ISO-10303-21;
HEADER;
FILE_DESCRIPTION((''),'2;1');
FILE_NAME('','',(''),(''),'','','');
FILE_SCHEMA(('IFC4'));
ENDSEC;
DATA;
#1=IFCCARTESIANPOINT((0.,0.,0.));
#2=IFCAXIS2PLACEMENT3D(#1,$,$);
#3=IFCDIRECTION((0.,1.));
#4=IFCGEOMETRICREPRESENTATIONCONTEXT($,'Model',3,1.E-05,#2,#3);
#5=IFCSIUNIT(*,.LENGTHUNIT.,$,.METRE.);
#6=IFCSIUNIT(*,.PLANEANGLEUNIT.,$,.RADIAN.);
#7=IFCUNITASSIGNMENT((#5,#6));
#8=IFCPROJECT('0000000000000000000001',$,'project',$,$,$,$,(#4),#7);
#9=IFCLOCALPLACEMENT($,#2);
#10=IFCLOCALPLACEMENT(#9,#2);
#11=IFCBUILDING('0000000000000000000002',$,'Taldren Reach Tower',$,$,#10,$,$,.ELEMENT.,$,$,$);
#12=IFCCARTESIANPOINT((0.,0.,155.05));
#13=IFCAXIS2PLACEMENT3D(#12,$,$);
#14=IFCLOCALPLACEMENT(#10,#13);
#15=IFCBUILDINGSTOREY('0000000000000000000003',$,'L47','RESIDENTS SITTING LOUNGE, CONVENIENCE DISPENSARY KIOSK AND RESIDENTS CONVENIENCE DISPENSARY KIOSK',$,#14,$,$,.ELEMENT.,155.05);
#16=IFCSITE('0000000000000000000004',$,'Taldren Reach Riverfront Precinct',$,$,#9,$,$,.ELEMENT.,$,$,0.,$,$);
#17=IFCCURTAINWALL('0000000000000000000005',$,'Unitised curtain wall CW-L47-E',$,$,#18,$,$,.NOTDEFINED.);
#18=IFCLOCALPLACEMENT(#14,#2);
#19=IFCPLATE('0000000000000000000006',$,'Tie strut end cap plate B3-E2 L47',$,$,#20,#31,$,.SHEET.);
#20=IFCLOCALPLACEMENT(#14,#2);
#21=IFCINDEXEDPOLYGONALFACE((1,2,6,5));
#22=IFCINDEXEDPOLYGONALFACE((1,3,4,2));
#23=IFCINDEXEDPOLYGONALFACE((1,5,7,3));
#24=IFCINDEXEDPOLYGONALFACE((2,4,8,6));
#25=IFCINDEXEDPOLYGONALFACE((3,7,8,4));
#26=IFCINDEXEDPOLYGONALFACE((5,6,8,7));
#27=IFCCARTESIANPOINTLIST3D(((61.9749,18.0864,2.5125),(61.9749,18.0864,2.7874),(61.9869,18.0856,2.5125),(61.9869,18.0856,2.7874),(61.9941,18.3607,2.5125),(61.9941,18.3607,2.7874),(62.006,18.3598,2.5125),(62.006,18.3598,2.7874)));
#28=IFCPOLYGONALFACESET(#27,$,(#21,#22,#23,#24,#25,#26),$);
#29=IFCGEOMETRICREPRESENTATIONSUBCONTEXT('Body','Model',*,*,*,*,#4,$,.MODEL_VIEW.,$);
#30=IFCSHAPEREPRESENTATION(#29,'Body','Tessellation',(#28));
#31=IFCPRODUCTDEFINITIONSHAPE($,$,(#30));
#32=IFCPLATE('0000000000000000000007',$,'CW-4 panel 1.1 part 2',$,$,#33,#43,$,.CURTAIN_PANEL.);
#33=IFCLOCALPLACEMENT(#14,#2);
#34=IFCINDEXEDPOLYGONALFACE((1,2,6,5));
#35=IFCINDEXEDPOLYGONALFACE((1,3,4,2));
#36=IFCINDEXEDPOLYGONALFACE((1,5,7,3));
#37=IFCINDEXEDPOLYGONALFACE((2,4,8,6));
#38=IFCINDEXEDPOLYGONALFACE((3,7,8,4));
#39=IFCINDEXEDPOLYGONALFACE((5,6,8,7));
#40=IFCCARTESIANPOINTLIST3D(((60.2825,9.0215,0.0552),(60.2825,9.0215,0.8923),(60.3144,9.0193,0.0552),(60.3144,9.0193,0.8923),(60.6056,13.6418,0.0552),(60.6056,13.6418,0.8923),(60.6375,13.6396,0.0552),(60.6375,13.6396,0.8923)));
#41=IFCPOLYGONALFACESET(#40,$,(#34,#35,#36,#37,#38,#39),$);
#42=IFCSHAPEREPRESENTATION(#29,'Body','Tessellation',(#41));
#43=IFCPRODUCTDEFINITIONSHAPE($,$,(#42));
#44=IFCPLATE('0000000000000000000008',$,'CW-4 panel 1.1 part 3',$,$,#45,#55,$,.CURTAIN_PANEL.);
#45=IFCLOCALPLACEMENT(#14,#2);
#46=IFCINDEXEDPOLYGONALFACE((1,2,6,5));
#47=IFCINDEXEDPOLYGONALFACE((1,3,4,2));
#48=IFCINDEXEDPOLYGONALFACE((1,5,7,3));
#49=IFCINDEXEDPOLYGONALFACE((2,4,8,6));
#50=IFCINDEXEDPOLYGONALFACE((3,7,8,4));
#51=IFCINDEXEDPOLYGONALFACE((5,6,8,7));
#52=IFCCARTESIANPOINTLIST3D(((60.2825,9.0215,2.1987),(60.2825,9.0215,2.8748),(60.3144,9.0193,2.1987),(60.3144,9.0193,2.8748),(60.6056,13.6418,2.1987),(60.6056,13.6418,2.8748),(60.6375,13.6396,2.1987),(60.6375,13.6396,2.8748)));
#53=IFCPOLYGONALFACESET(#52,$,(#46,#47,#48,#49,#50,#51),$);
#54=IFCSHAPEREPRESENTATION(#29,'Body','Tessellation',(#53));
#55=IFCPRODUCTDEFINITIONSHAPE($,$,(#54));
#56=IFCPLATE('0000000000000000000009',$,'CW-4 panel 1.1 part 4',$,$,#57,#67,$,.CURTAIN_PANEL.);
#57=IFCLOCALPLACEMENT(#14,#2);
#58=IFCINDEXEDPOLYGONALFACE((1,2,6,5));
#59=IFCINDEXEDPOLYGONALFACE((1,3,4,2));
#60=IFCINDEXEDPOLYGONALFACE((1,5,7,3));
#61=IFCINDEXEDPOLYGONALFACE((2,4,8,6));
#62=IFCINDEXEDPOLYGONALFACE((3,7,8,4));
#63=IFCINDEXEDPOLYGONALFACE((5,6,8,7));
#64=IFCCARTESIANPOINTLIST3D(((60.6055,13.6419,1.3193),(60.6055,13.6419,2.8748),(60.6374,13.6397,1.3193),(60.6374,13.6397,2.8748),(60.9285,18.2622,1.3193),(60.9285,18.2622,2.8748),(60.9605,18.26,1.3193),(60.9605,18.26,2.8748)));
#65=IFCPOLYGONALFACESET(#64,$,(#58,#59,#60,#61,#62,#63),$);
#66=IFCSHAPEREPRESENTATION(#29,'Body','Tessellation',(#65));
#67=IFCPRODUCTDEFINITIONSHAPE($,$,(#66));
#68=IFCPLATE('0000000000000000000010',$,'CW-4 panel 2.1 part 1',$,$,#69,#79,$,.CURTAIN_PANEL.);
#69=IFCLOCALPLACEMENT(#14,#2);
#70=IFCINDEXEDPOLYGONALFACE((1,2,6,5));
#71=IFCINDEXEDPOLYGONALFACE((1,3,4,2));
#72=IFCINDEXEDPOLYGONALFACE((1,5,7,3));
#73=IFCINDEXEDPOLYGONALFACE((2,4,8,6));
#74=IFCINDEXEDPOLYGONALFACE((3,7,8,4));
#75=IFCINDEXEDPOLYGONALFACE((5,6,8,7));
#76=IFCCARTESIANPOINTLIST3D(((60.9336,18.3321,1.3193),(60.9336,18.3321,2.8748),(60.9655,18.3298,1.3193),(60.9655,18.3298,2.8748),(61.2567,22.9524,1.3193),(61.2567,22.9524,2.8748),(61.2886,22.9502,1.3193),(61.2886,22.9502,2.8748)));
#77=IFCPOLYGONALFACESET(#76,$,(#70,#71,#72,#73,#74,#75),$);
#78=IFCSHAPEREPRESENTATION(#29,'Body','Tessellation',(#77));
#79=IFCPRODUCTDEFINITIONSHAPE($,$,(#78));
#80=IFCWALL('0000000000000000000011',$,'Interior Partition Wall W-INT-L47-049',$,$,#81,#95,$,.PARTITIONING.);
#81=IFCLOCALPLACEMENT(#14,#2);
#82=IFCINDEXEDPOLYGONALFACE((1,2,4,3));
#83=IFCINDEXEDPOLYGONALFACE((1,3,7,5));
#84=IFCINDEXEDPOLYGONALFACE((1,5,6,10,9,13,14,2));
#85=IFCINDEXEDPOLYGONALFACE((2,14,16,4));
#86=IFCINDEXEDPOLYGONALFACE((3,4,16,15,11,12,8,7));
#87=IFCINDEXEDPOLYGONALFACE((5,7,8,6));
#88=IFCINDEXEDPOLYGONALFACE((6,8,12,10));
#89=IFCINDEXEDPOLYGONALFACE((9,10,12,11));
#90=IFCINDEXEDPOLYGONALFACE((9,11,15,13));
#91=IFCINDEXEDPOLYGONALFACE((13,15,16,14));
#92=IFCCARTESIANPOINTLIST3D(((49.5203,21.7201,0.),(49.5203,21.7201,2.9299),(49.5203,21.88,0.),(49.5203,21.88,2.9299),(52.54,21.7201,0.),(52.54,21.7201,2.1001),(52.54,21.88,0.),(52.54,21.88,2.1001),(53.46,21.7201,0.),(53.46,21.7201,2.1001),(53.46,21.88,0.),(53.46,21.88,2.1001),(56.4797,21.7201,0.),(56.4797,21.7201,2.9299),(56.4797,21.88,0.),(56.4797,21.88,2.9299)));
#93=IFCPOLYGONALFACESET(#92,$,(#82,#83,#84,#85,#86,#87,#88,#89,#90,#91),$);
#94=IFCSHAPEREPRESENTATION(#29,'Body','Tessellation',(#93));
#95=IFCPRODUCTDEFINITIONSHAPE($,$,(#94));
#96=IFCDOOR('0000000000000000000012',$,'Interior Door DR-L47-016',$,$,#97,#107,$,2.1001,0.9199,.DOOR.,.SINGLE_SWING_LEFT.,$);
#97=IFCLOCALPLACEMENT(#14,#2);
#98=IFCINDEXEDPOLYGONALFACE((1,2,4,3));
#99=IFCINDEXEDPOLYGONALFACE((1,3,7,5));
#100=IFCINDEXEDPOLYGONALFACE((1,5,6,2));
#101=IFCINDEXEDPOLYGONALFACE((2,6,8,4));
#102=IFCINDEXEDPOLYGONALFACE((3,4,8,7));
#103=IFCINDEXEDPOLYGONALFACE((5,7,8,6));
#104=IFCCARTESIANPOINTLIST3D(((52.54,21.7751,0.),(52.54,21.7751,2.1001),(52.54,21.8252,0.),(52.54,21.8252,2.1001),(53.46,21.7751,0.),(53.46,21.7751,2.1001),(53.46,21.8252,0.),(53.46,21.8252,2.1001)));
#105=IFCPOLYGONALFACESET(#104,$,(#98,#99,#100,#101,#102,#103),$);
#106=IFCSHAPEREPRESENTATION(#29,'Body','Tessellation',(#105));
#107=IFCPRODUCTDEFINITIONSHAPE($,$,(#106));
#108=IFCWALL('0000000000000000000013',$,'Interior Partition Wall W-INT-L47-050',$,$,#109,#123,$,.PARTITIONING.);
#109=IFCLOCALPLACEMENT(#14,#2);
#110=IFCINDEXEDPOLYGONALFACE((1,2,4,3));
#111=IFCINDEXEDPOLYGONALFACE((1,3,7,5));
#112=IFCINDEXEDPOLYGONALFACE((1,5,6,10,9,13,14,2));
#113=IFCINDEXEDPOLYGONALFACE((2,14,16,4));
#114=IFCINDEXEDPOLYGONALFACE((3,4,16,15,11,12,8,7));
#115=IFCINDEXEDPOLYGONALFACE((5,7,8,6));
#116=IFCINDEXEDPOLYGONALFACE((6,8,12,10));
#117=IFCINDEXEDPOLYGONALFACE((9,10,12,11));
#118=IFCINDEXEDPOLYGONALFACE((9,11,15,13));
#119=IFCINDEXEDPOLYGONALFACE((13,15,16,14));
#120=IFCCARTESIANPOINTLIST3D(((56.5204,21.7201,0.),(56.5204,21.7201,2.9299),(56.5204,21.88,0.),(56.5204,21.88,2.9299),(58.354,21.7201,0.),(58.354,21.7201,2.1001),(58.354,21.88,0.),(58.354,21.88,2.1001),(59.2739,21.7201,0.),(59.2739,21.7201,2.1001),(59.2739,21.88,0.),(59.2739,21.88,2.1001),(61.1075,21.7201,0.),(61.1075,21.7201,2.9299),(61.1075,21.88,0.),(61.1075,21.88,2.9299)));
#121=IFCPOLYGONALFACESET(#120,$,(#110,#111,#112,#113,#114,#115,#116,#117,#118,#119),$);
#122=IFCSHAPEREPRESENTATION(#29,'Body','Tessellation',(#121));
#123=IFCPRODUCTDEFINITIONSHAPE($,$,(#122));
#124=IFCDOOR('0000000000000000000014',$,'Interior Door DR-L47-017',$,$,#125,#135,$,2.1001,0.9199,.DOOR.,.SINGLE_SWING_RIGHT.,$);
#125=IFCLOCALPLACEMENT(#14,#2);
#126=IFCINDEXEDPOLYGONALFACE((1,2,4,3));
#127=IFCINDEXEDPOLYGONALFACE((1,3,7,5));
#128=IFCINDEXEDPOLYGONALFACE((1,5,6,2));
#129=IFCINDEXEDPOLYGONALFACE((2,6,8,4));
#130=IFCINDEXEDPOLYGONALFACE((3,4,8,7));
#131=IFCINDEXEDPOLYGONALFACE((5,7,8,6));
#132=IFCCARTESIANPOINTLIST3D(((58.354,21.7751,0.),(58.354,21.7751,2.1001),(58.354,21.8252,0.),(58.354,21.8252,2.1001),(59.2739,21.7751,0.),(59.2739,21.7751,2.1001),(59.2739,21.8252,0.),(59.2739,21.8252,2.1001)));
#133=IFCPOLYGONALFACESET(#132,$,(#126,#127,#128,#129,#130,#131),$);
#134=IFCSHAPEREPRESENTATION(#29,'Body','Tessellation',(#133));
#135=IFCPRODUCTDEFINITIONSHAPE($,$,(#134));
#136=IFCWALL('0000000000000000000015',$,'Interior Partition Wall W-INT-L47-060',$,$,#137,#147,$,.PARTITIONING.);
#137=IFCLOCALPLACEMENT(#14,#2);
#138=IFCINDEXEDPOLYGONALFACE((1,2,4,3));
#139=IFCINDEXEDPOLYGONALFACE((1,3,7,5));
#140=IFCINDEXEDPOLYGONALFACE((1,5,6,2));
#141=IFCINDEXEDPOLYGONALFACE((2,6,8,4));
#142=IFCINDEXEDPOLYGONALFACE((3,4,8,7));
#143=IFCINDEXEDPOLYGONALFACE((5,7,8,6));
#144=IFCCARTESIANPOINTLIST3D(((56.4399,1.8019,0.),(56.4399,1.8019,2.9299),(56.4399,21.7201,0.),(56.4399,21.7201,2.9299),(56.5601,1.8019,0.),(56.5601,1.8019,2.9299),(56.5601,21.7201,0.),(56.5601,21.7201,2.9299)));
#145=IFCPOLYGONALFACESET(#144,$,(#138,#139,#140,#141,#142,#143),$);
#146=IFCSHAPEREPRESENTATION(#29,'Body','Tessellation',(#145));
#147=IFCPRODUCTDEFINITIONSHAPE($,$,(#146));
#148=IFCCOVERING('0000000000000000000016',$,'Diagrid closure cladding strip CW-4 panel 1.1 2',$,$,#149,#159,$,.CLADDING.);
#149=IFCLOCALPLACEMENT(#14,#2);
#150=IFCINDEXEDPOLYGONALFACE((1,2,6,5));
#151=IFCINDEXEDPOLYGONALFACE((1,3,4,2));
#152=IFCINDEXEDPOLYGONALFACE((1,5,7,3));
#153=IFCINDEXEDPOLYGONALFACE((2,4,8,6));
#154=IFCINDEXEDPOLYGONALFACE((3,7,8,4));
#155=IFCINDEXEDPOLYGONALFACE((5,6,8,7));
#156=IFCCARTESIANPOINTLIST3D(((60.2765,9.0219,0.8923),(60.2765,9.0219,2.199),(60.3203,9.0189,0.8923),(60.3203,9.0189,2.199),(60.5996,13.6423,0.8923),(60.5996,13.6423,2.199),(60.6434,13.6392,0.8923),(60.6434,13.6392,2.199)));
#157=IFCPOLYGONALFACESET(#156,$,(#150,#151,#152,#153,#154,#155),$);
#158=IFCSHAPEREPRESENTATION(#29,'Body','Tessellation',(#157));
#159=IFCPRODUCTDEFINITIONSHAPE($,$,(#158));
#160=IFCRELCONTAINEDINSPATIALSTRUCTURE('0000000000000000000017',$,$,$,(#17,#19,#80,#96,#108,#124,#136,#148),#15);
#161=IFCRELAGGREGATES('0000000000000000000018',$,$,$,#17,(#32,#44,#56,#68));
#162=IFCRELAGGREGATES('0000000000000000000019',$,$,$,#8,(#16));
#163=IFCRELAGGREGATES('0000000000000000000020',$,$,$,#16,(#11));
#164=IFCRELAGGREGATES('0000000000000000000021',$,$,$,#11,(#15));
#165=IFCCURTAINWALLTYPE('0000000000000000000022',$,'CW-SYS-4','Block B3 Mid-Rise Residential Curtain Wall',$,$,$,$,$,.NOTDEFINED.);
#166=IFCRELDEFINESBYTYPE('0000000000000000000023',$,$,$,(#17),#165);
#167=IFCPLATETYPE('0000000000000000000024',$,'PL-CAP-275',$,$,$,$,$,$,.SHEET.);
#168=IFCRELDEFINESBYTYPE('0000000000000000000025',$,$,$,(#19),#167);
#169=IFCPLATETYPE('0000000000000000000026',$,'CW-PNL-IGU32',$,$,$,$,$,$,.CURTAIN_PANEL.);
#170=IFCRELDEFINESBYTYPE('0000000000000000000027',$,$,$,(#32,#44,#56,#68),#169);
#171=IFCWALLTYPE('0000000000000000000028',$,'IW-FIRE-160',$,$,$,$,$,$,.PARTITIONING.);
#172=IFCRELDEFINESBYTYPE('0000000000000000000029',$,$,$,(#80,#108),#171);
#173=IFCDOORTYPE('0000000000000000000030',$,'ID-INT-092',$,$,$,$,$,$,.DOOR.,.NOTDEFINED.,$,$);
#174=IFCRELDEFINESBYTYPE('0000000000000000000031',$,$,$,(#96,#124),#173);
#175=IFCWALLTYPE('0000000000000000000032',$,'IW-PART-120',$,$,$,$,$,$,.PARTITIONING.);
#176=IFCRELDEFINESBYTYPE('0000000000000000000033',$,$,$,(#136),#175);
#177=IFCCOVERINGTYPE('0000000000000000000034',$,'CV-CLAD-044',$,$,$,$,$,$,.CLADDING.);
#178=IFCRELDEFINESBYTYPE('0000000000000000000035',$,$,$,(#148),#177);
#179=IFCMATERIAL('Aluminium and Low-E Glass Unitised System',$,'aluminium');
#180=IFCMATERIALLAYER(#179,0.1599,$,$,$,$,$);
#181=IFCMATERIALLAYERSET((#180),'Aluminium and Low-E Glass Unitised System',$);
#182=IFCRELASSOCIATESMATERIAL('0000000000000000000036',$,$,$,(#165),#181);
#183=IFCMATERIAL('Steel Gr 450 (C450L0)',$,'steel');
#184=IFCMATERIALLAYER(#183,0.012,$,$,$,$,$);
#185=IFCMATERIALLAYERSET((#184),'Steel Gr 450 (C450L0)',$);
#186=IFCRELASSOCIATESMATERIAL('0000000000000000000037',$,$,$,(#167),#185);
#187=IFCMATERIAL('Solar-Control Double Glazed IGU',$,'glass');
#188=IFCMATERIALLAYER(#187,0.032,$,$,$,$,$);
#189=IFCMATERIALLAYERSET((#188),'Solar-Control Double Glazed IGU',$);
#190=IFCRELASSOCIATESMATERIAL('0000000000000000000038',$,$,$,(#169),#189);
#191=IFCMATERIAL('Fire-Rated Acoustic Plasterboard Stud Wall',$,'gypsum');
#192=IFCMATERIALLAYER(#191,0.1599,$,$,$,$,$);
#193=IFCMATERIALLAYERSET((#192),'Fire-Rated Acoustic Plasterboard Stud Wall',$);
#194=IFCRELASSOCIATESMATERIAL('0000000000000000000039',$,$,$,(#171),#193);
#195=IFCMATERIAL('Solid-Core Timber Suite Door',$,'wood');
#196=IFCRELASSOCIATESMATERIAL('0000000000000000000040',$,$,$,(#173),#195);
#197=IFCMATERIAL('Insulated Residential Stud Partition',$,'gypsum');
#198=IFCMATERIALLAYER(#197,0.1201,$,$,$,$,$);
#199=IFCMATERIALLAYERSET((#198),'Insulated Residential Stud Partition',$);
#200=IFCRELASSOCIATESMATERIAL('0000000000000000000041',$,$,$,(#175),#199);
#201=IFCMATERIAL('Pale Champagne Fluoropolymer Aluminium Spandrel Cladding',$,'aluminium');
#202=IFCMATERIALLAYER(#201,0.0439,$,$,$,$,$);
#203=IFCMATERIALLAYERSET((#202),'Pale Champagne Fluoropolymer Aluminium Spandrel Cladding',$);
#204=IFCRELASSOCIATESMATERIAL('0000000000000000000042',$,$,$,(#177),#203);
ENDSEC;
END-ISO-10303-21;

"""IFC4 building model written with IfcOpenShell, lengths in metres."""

from ifc_helpers import new_model, si_unit, direction, frame, frame_2d, origin, origin_2d, place, context, subcontext, project, spatial, rectangle, extrude, source, transform, mapped, material, layer, layer_set, type_object, element, fill, aggregate, save


model = new_model("IFC4")

# Units and contexts
model_context = context("Model", 3, precision=1e-05, world=origin(), true_north=direction((0.0, 1.0)))
body_context = subcontext(model_context, "Body", "Model", "MODEL_VIEW")
ifc_project = project(units=[si_unit("LENGTHUNIT", "METRE"), si_unit("PLANEANGLEUNIT", "RADIAN")], contexts=[model_context])

# Site, building, storey
site_placement = place(None, origin())
site = spatial("IfcSite", under=ifc_project, at=site_placement, Name="Taldren Reach Riverfront Precinct", CompositionType="ELEMENT", RefElevation=0.0)
building_placement = place(site_placement, origin())
building = spatial("IfcBuilding", under=site, at=building_placement, Name="Taldren Reach Tower", CompositionType="ELEMENT")
storey_placement = place(building_placement, frame((0.0, 0.0, 155.05)))
storey = spatial("IfcBuildingStorey", under=building, at=storey_placement, Name="L47", Description="RESIDENTS SITTING LOUNGE, CONVENIENCE DISPENSARY KIOSK AND RESIDENTS CONVENIENCE DISPENSARY KIOSK", CompositionType="ELEMENT", Elevation=155.05)

# Shared definitions
ifc_material_1 = material(Name="Steel Gr 450 (C450L0)", Category="steel")

# Curtain wall
ifc_material_2 = material(Name="Aluminium and Low-E Glass Unitised System", Category="aluminium")
ifc_layer_1 = layer(ifc_material_2, 0.1599)
ifc_layer_set_1 = layer_set([ifc_layer_1], Name="Aluminium and Low-E Glass Unitised System")
curtain_wall_type = type_object("IfcCurtainWallType", Name="CW-SYS-4", Description="Block B3 Mid-Rise Residential Curtain Wall", PredefinedType="NOTDEFINED", material=ifc_layer_set_1)
curtain_wall_placement = place(storey_placement, origin())
curtain_wall = element("IfcCurtainWall", 1, at=curtain_wall_placement, inside=storey, type_object=curtain_wall_type, Name="Unitised curtain wall CW-L47-E", PredefinedType="NOTDEFINED")

# Plates
ifc_layer_2 = layer(ifc_material_1, 0.012)
ifc_layer_set_2 = layer_set([ifc_layer_2], Name="Steel Gr 450 (C450L0)")
plate_type_1 = type_object("IfcPlateType", Name="PL-CAP-275", PredefinedType="SHEET", material=ifc_layer_set_2)
shared_shape_1 = source(origin(), body_context, "Body", "SweptSolid", [
    extrude(rectangle(XDim=0.012, YDim=0.2749, at=origin_2d()), origin(), (0.0, 0.0, 1.0), 0.2749),
])
plate_1_placement = place(storey_placement, frame((61.9905, 18.2231, 2.5125), z_axis=(0.0, 0.0, 1.0), x_axis=(0.997564, -0.069756, 0.0)))
element("IfcPlate", 2, at=plate_1_placement, inside=storey, type_object=plate_type_1, Name="Tie strut end cap plate B3-E2 L47", PredefinedType="SHEET", context=body_context, shape_type="MappedRepresentation", body=[
    mapped(shared_shape_1, transform((0.0, 0.0, 0.0), scale=1.0)),
])
ifc_material_3 = material(Name="Solar-Control Double Glazed IGU", Category="glass")
ifc_layer_3 = layer(ifc_material_3, 0.032)
ifc_layer_set_3 = layer_set([ifc_layer_3], Name="Solar-Control Double Glazed IGU")
plate_type_2 = type_object("IfcPlateType", Name="CW-PNL-IGU32", PredefinedType="CURTAIN_PANEL", material=ifc_layer_set_3)
shared_shape_2 = source(origin(), body_context, "Body", "SweptSolid", [
    extrude(rectangle(XDim=4.6316, YDim=0.032, at=origin_2d()), origin(), (0.0, 0.0, 1.0), 0.8372),
])
plate_2_placement = place(storey_placement, frame((60.46, 11.3306, 0.0552), z_axis=(0.0, 0.0, 1.0), x_axis=(0.069756, 0.997564, 0.0)))
plate_2 = element("IfcPlate", 3, at=plate_2_placement, type_object=plate_type_2, Name="CW-4 panel 1.1 part 2", PredefinedType="CURTAIN_PANEL", context=body_context, shape_type="MappedRepresentation", body=[
    mapped(shared_shape_2, transform((0.0, 0.0, 0.0), scale=1.0)),
])
shared_shape_3 = source(origin(), body_context, "Body", "SweptSolid", [
    extrude(rectangle(XDim=4.6316, YDim=0.032, at=origin_2d()), origin(), (0.0, 0.0, 1.0), 0.676),
])
plate_3_placement = place(storey_placement, frame((60.46, 11.3306, 2.1987), z_axis=(0.0, 0.0, 1.0), x_axis=(0.069756, 0.997564, 0.0)))
plate_3 = element("IfcPlate", 4, at=plate_3_placement, type_object=plate_type_2, Name="CW-4 panel 1.1 part 3", PredefinedType="CURTAIN_PANEL", context=body_context, shape_type="MappedRepresentation", body=[
    mapped(shared_shape_3, transform((0.0, 0.0, 0.0), scale=1.0)),
])
shared_shape_4 = source(origin(), body_context, "Body", "SweptSolid", [
    extrude(rectangle(XDim=4.6316, YDim=0.032, at=origin_2d()), origin(), (0.0, 0.0, 1.0), 1.5554),
])
plate_4_placement = place(storey_placement, frame((60.783, 15.9509, 1.3193), z_axis=(0.0, 0.0, 1.0), x_axis=(0.069756, 0.997564, 0.0)))
plate_4 = element("IfcPlate", 5, at=plate_4_placement, type_object=plate_type_2, Name="CW-4 panel 1.1 part 4", PredefinedType="CURTAIN_PANEL", context=body_context, shape_type="MappedRepresentation", body=[
    mapped(shared_shape_4, transform((0.0, 0.0, 0.0), scale=1.0)),
])
plate_5_placement = place(storey_placement, frame((61.1111, 20.6411, 1.3193), z_axis=(0.0, 0.0, 1.0), x_axis=(0.069756, 0.997564, 0.0)))
plate_5 = element("IfcPlate", 6, at=plate_5_placement, type_object=plate_type_2, Name="CW-4 panel 2.1 part 1", PredefinedType="CURTAIN_PANEL", context=body_context, shape_type="MappedRepresentation", body=[
    mapped(shared_shape_4, transform((0.0, 0.0, 0.0), scale=1.0)),
])
aggregate(curtain_wall, [plate_2, plate_3, plate_4, plate_5])

# Walls, openings, doors
ifc_material_4 = material(Name="Fire-Rated Acoustic Plasterboard Stud Wall", Category="gypsum")
ifc_layer_4 = layer(ifc_material_4, 0.1599)
ifc_layer_set_4 = layer_set([ifc_layer_4], Name="Fire-Rated Acoustic Plasterboard Stud Wall")
wall_type_1 = type_object("IfcWallType", Name="IW-FIRE-160", PredefinedType="PARTITIONING", material=ifc_layer_set_4)
shared_shape_5 = source(origin(), body_context, "Body", "SweptSolid", [
    extrude(rectangle(XDim=6.9595, YDim=0.1599, at=frame_2d((3.4797, 0.0))), origin(), (0.0, 0.0, 1.0), 2.9299),
])
wall_1_placement = place(storey_placement, frame((56.4797, 21.8, 0.0), z_axis=(0.0, 0.0, 1.0), x_axis=(-1.0, 0.0, 0.0)))
wall_1 = element("IfcWall", 7, at=wall_1_placement, inside=storey, type_object=wall_type_1, Name="Interior Partition Wall W-INT-L47-049", PredefinedType="PARTITIONING", context=body_context, shape_type="MappedRepresentation", body=[
    mapped(shared_shape_5, transform((0.0, 0.0, 0.0), scale=1.0)),
])
shared_shape_6 = source(origin(), body_context, "Body", "SweptSolid", [
    extrude(rectangle(XDim=0.9199, YDim=2.1001, at=frame_2d((0.46, 1.05))), frame((0.0, 0.0898, 0.0), z_axis=(0.0, -1.0, 0.0), x_axis=(1.0, 0.0, 0.0)), (0.0, 0.0, 1.0), 0.1799),
])
opening_1_placement = place(wall_1_placement, frame((3.0198, 0.0, 0.0)))
opening_1 = element("IfcOpeningElement", 8, at=opening_1_placement, cuts=wall_1, PredefinedType="OPENING", context=body_context, shape_type="MappedRepresentation", body=[
    mapped(shared_shape_6, transform((0.0, 0.0, 0.0), scale=1.0)),
])
ifc_material_5 = material(Name="Solid-Core Timber Suite Door", Category="wood")
door_type = type_object("IfcDoorType", Name="ID-INT-092", OperationType="NOTDEFINED", PredefinedType="DOOR", material=ifc_material_5)
shared_shape_7 = source(origin(), body_context, "Body", "SweptSolid", [
    extrude(rectangle(XDim=0.9199, YDim=2.1001, at=frame_2d((0.46, 1.05))), frame((0.0, 0.0249, 0.0), z_axis=(0.0, -1.0, 0.0), x_axis=(1.0, 0.0, 0.0)), (0.0, 0.0, 1.0), 0.05),
])
door_1_placement = place(opening_1_placement, origin())
door_1 = element("IfcDoor", 9, at=door_1_placement, inside=storey, type_object=door_type, Name="Interior Door DR-L47-016", OperationType="SINGLE_SWING_LEFT", OverallHeight=2.1001, OverallWidth=0.9199, PredefinedType="DOOR", context=body_context, shape_type="MappedRepresentation", body=[
    mapped(shared_shape_7, transform((0.0, 0.0, 0.0), scale=1.0)),
])
fill(opening_1, door_1)
shared_shape_8 = source(origin(), body_context, "Body", "SweptSolid", [
    extrude(rectangle(XDim=4.5872, YDim=0.1599, at=frame_2d((2.2935, 0.0))), origin(), (0.0, 0.0, 1.0), 2.9299),
])
wall_2_placement = place(storey_placement, frame((61.1074, 21.8, 0.0), z_axis=(0.0, 0.0, 1.0), x_axis=(-1.0, 0.0, 0.0)))
wall_2 = element("IfcWall", 10, at=wall_2_placement, inside=storey, type_object=wall_type_1, Name="Interior Partition Wall W-INT-L47-050", PredefinedType="PARTITIONING", context=body_context, shape_type="MappedRepresentation", body=[
    mapped(shared_shape_8, transform((0.0, 0.0, 0.0), scale=1.0)),
])
opening_2_placement = place(wall_2_placement, frame((1.8335, 0.0, 0.0)))
opening_2 = element("IfcOpeningElement", 11, at=opening_2_placement, cuts=wall_2, PredefinedType="OPENING", context=body_context, shape_type="MappedRepresentation", body=[
    mapped(shared_shape_6, transform((0.0, 0.0, 0.0), scale=1.0)),
])
door_2_placement = place(opening_2_placement, origin())
door_2 = element("IfcDoor", 12, at=door_2_placement, inside=storey, type_object=door_type, Name="Interior Door DR-L47-017", OperationType="SINGLE_SWING_RIGHT", OverallHeight=2.1001, OverallWidth=0.9199, PredefinedType="DOOR", context=body_context, shape_type="MappedRepresentation", body=[
    mapped(shared_shape_7, transform((0.0, 0.0, 0.0), scale=1.0)),
])
fill(opening_2, door_2)

# Wall
ifc_material_6 = material(Name="Insulated Residential Stud Partition", Category="gypsum")
ifc_layer_5 = layer(ifc_material_6, 0.1201)
ifc_layer_set_5 = layer_set([ifc_layer_5], Name="Insulated Residential Stud Partition")
wall_type_2 = type_object("IfcWallType", Name="IW-PART-120", PredefinedType="PARTITIONING", material=ifc_layer_set_5)
shared_shape_9 = source(origin(), body_context, "Body", "SweptSolid", [
    extrude(rectangle(XDim=19.9182, YDim=0.1201, at=frame_2d((9.959, 0.0))), origin(), (0.0, 0.0, 1.0), 2.9299),
])
wall_3_placement = place(storey_placement, frame((56.5, 21.72, 0.0), z_axis=(0.0, 0.0, 1.0), x_axis=(0.0, -1.0, 0.0)))
element("IfcWall", 13, at=wall_3_placement, inside=storey, type_object=wall_type_2, Name="Interior Partition Wall W-INT-L47-060", PredefinedType="PARTITIONING", context=body_context, shape_type="MappedRepresentation", body=[
    mapped(shared_shape_9, transform((0.0, 0.0, 0.0), scale=1.0)),
])

# Covering
ifc_material_7 = material(Name="Pale Champagne Fluoropolymer Aluminium Spandrel Cladding", Category="aluminium")
ifc_layer_6 = layer(ifc_material_7, 0.0439)
ifc_layer_set_6 = layer_set([ifc_layer_6], Name="Pale Champagne Fluoropolymer Aluminium Spandrel Cladding")
covering_type = type_object("IfcCoveringType", Name="CV-CLAD-044", PredefinedType="CLADDING", material=ifc_layer_set_6)
shared_shape_10 = source(origin(), body_context, "Body", "SweptSolid", [
    extrude(rectangle(XDim=4.6316, YDim=0.0439, at=origin_2d()), origin(), (0.0, 0.0, 1.0), 1.3066),
])
covering_placement = place(storey_placement, frame((60.46, 11.3306, 0.8923), z_axis=(0.0, 0.0, 1.0), x_axis=(0.069756, 0.997564, 0.0)))
element("IfcCovering", 14, at=covering_placement, inside=storey, type_object=covering_type, Name="Diagrid closure cladding strip CW-4 panel 1.1 2", PredefinedType="CLADDING", context=body_context, shape_type="MappedRepresentation", body=[
    mapped(shared_shape_10, transform((0.0, 0.0, 0.0), scale=1.0)),
])

save(model, "model.ifc")
